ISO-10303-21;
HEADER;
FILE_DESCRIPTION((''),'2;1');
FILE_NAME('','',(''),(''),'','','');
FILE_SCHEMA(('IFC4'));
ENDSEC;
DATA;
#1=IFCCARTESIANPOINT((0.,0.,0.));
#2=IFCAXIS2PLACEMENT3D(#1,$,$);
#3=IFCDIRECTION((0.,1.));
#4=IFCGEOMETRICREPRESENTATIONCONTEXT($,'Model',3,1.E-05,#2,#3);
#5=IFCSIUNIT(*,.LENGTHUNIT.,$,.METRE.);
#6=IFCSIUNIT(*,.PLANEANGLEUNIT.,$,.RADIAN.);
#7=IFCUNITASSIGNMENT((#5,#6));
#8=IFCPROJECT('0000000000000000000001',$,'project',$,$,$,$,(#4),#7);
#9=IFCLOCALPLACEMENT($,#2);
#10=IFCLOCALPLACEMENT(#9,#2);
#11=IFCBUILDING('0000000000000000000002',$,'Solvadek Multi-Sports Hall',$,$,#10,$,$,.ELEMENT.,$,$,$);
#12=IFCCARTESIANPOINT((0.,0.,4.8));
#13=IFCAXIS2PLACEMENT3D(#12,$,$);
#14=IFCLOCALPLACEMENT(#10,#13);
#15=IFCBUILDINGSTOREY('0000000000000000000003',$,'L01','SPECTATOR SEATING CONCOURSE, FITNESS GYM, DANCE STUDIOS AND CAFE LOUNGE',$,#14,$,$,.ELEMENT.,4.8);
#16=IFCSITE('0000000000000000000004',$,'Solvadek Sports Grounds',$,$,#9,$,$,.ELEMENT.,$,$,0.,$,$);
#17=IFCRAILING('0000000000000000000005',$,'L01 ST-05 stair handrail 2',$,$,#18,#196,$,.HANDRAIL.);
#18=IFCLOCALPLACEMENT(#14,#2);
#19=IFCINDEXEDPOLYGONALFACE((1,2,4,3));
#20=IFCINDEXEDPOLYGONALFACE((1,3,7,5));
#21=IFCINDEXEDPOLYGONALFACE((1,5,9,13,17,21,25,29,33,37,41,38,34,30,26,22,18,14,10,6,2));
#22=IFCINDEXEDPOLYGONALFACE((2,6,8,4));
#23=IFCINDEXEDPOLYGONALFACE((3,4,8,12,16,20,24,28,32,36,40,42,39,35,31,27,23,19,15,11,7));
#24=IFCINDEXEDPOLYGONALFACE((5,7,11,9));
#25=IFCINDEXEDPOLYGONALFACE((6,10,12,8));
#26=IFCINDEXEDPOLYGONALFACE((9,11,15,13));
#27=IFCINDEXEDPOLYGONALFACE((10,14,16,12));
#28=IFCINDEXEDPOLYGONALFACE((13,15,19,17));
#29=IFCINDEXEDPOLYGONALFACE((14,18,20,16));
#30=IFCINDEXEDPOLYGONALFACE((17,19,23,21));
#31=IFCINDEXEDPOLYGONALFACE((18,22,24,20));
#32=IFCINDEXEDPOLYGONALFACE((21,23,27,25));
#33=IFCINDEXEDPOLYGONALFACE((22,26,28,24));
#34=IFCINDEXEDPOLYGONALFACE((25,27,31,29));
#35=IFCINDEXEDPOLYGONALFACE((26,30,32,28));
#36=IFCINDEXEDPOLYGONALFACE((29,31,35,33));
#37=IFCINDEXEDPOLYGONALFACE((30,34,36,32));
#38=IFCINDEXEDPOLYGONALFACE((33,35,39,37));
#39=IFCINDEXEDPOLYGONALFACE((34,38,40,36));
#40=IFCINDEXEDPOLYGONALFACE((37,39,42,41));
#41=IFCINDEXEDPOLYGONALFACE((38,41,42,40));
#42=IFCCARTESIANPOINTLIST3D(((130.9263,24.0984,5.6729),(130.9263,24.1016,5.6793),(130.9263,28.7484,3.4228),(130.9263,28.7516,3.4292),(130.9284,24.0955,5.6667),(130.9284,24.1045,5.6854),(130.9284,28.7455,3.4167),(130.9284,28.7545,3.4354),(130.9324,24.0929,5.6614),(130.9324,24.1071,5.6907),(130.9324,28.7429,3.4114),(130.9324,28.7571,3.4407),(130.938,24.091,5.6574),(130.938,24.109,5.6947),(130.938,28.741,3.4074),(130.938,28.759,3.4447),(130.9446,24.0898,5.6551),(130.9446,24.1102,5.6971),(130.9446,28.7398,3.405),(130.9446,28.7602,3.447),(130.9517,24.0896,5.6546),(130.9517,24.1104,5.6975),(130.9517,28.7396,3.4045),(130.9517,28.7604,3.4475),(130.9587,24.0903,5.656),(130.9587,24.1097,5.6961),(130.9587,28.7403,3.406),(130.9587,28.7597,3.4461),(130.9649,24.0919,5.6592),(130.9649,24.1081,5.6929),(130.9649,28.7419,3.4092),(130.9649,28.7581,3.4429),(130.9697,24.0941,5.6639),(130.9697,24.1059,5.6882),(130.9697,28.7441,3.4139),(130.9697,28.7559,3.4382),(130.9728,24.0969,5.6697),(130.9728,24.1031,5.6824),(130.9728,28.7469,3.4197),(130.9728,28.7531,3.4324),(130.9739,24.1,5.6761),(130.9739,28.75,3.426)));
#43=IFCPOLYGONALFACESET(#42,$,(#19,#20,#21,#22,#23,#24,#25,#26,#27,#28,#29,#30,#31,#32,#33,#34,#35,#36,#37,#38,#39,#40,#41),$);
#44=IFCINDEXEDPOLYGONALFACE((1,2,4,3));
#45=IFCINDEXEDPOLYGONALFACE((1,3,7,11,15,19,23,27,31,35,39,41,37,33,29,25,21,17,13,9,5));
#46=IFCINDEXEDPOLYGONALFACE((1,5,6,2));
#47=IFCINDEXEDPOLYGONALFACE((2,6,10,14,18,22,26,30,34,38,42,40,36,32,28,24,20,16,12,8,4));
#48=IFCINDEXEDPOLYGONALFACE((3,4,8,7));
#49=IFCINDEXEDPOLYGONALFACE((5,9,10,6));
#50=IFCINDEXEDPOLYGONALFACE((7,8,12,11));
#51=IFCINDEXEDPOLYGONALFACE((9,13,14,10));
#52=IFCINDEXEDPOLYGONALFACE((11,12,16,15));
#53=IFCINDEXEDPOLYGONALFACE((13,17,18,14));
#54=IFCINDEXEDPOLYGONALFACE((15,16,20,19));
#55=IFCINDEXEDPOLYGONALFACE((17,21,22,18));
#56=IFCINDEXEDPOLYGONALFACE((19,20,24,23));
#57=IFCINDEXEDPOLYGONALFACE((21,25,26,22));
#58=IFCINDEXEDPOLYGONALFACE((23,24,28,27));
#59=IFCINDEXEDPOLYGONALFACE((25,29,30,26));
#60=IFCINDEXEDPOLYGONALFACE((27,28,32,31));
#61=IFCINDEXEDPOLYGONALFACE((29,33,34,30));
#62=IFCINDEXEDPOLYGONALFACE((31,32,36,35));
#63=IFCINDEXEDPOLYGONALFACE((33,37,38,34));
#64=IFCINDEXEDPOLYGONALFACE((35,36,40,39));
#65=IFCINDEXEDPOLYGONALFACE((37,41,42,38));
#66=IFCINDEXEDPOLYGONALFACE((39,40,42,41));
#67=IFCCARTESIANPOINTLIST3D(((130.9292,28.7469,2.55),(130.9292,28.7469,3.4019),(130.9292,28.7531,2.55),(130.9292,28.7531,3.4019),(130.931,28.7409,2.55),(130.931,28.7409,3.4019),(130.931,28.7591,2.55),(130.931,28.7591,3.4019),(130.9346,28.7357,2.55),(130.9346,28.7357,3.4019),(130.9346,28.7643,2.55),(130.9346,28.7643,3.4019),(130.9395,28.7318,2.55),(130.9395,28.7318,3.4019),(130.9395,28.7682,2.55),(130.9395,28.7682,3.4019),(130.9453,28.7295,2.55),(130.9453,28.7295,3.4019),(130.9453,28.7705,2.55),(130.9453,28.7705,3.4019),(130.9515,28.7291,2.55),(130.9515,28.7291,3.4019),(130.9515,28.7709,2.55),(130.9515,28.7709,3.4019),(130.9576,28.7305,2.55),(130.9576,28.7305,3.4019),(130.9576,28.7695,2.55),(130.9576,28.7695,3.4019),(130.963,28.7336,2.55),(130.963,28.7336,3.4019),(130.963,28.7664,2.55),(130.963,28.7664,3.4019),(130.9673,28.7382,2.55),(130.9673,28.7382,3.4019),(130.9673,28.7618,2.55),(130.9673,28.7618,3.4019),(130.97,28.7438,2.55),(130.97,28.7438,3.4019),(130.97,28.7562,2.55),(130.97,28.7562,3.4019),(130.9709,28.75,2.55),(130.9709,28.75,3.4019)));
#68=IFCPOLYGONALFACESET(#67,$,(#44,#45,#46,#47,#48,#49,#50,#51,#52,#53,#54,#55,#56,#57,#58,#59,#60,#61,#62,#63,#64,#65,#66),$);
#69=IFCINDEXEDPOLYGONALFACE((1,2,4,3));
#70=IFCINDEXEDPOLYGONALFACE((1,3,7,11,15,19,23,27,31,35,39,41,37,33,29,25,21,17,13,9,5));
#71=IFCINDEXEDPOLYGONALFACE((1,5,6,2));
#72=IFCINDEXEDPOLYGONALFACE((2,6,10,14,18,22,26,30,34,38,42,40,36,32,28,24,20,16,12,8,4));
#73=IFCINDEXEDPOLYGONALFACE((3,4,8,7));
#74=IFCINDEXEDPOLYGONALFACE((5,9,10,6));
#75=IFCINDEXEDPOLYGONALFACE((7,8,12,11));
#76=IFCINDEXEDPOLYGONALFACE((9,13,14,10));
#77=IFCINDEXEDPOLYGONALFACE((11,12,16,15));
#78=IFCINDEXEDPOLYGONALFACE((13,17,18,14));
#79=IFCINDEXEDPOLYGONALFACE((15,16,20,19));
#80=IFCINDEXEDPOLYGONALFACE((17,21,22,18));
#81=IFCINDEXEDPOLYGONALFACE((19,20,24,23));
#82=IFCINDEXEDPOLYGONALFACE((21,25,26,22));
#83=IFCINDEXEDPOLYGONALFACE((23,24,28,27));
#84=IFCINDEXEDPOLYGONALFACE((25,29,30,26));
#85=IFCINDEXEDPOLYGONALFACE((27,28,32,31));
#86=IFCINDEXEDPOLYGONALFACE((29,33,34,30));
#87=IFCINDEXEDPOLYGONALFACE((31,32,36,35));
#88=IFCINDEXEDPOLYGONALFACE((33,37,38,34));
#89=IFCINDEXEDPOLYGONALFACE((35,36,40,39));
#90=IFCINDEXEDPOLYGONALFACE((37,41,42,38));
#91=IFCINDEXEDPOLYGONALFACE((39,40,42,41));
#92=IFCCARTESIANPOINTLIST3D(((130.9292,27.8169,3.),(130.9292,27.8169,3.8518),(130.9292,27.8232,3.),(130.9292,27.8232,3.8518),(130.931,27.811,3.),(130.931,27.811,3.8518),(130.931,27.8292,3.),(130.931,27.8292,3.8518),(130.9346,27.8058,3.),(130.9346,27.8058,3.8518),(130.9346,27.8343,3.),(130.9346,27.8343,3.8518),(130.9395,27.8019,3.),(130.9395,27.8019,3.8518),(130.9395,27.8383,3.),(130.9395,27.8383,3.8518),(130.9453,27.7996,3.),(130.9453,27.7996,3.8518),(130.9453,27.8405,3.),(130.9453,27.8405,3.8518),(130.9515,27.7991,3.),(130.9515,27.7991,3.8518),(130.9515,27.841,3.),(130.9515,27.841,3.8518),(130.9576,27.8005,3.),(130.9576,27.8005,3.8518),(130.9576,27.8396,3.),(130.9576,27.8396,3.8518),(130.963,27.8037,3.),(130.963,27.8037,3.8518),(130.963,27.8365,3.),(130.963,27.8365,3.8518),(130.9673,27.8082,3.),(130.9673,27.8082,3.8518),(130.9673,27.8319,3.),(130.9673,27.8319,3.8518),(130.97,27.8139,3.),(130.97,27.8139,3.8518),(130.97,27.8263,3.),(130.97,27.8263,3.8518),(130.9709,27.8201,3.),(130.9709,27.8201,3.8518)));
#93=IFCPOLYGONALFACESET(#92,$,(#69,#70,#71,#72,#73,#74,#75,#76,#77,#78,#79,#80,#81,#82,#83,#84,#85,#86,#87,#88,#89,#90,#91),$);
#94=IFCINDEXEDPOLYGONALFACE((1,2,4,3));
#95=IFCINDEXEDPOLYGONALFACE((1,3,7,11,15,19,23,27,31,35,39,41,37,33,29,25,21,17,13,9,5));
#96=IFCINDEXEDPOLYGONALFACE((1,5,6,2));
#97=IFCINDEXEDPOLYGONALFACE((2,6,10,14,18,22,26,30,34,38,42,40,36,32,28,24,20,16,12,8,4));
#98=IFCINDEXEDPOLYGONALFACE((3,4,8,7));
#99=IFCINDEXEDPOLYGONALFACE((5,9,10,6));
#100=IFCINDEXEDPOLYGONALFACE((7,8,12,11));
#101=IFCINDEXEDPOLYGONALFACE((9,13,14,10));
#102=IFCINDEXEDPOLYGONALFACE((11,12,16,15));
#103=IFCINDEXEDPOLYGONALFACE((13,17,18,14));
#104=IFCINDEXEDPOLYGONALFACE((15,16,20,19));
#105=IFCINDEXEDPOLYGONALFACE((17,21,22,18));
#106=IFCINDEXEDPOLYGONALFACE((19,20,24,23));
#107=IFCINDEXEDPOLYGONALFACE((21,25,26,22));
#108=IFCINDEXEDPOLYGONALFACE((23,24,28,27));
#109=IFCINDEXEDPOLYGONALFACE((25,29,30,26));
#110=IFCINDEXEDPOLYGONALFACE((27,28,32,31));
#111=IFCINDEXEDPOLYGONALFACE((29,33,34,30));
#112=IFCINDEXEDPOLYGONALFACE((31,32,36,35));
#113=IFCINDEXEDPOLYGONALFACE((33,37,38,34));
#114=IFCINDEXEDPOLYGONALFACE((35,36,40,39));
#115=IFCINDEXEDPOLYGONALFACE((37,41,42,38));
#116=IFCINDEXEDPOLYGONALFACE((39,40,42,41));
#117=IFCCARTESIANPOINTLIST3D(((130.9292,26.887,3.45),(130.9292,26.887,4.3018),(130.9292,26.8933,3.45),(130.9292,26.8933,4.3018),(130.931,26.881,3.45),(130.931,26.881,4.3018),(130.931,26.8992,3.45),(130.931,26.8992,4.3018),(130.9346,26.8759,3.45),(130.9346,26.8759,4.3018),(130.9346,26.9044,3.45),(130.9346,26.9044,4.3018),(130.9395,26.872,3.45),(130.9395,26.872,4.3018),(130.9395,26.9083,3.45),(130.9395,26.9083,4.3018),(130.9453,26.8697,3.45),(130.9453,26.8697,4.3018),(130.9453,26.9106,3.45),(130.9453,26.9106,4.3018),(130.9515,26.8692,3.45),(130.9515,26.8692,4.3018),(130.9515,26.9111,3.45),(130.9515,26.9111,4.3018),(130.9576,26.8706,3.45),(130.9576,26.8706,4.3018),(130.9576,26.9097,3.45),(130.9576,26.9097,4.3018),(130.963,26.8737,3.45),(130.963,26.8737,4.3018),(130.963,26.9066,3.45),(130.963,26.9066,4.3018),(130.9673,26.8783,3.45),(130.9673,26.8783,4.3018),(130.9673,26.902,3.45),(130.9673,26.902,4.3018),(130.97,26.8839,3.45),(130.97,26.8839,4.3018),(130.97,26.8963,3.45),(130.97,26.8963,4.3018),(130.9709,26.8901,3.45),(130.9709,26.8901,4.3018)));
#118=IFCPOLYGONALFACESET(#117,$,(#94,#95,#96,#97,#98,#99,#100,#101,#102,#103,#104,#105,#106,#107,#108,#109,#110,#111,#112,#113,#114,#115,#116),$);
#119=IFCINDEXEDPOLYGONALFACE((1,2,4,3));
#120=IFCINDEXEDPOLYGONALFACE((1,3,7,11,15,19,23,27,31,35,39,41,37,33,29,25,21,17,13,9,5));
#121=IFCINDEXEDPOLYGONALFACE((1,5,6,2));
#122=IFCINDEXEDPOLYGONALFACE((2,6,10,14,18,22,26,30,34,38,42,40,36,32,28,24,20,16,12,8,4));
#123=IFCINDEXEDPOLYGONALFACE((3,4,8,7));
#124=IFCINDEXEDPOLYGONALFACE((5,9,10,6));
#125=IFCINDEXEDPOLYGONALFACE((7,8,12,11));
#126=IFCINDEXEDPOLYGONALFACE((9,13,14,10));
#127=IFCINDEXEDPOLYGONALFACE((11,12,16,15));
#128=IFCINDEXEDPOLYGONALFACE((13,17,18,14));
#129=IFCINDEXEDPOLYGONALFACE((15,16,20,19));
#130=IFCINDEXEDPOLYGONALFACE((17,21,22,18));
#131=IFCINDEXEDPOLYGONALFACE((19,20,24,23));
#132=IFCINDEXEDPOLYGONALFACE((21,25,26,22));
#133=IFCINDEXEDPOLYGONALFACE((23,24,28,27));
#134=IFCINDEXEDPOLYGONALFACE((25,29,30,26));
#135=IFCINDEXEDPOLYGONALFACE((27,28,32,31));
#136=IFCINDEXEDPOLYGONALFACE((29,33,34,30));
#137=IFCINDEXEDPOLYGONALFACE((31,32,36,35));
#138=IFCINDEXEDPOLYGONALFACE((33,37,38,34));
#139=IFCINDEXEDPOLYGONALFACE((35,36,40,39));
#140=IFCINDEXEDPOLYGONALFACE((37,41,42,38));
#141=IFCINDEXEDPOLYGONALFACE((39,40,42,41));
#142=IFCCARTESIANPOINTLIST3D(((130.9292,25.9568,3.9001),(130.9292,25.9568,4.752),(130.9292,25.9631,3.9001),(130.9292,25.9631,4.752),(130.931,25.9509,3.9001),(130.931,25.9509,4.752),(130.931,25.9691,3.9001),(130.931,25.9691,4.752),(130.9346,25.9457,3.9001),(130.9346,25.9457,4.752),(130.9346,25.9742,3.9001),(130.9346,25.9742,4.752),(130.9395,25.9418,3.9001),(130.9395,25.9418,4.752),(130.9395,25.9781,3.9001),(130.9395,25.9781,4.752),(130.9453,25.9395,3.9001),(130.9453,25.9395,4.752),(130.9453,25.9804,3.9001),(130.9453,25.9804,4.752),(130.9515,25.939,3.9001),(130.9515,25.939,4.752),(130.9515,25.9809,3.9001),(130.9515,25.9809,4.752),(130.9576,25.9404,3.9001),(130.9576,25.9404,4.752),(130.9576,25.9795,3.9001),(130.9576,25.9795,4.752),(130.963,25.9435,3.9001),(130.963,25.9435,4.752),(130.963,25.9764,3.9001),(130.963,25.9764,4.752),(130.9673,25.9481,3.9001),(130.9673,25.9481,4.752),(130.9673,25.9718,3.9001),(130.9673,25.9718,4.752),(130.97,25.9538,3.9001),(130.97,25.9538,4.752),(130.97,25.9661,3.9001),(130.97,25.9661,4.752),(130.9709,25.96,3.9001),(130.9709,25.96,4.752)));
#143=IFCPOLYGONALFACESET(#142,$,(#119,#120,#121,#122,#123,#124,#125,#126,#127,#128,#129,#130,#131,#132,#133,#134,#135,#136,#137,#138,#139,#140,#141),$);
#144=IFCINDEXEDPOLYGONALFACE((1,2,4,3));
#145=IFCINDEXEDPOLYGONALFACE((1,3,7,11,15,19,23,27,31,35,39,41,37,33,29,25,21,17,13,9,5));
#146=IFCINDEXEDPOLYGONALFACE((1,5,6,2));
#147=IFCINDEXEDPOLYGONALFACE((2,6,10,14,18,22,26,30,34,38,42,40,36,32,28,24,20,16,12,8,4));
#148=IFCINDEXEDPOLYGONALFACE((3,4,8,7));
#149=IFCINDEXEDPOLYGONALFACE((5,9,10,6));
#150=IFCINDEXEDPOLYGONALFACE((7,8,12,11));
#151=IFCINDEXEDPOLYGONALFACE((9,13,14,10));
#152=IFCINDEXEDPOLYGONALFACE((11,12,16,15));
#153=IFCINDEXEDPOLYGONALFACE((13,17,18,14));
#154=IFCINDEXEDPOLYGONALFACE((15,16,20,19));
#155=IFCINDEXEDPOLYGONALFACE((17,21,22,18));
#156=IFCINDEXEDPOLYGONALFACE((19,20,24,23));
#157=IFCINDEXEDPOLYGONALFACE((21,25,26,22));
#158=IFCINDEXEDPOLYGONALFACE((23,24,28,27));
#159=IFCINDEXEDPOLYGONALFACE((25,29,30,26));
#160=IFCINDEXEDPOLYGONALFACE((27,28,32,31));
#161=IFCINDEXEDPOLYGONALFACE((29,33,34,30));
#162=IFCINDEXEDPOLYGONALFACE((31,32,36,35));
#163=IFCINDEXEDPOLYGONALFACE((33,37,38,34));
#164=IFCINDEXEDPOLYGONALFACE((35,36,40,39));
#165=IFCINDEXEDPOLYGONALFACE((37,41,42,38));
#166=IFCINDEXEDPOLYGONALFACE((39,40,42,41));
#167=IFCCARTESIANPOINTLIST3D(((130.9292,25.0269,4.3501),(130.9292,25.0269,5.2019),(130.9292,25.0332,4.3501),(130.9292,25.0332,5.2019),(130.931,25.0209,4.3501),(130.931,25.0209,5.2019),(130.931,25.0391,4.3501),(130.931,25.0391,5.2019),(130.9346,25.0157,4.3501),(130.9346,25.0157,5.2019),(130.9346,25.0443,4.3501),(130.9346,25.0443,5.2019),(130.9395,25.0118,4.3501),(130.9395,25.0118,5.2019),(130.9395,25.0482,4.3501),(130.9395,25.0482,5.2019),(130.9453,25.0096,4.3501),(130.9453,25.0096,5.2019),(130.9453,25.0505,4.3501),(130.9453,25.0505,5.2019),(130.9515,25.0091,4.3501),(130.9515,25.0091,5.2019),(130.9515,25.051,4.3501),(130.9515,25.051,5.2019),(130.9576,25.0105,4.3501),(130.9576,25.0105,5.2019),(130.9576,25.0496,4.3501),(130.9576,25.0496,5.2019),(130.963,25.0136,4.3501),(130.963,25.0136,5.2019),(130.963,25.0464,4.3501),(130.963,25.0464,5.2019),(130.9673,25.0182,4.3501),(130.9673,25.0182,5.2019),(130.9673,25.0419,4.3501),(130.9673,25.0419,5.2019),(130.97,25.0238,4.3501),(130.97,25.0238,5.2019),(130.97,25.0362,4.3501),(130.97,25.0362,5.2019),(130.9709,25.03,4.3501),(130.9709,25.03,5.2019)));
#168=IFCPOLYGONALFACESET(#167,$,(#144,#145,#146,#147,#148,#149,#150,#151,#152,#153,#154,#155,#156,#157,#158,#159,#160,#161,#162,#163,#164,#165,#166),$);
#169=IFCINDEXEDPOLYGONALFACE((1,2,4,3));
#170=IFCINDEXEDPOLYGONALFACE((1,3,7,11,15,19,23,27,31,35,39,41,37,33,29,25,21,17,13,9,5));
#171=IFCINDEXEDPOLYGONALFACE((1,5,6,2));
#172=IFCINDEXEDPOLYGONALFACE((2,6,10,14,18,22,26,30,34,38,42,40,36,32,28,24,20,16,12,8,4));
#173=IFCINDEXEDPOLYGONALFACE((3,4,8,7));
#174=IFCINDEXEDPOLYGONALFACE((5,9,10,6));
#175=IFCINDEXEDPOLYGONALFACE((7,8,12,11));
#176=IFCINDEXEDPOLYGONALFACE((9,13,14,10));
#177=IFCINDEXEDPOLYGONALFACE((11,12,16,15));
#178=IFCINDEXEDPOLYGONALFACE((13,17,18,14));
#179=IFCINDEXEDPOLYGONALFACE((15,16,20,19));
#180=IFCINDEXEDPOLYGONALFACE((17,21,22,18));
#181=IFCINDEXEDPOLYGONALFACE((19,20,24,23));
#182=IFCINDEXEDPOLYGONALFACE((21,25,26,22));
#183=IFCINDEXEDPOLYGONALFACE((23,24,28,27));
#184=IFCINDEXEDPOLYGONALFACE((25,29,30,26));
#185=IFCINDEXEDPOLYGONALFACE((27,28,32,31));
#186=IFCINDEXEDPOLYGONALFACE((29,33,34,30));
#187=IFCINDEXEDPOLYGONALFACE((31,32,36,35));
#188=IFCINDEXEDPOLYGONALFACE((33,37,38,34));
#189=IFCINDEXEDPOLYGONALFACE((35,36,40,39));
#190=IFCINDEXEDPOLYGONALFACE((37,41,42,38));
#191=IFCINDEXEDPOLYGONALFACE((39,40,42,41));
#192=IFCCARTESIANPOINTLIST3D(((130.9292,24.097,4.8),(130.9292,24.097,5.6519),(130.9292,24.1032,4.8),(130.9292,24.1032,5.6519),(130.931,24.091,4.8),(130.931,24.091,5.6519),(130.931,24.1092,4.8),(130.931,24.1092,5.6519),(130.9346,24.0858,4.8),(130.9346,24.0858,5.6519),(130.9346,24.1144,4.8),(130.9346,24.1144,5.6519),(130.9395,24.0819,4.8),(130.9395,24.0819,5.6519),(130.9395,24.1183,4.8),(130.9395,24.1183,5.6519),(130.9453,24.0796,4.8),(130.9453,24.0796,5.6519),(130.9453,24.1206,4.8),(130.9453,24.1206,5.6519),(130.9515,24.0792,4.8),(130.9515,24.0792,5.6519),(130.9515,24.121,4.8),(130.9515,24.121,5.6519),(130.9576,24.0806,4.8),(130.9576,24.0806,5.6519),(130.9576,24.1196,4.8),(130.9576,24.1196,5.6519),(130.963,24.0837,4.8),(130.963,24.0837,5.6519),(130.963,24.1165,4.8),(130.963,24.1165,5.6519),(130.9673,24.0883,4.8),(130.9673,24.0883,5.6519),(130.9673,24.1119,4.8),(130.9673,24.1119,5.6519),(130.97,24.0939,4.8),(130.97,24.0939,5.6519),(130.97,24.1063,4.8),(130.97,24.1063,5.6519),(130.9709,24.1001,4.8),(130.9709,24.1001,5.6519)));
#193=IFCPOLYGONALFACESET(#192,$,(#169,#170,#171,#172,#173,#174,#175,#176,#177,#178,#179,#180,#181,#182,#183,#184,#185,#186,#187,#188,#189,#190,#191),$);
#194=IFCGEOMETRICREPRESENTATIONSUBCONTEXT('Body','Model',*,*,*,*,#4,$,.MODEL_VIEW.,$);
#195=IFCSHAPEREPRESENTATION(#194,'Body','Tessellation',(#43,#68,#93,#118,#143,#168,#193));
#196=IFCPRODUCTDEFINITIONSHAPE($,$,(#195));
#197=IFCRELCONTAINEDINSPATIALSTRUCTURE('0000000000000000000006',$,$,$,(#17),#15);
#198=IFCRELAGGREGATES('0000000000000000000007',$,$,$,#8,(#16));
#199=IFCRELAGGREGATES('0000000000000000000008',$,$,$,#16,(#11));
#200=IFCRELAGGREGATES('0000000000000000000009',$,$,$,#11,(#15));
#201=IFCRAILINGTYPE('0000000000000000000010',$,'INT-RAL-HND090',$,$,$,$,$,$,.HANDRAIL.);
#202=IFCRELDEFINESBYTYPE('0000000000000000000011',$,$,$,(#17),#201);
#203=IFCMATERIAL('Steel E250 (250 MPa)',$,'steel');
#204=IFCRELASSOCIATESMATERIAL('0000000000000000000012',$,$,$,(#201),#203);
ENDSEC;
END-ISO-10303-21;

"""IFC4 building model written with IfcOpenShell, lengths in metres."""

from ifc_helpers import new_model, si_unit, direction, frame, origin, origin_2d, place, context, subcontext, project, spatial, circle, extrude, material, type_object, element, save


model = new_model("IFC4")

# Units and contexts
model_context = context("Model", 3, precision=1e-05, world=origin(), true_north=direction((0.0, 1.0)))
body_context = subcontext(model_context, "Body", "Model", "MODEL_VIEW")
ifc_project = project(units=[si_unit("LENGTHUNIT", "METRE"), si_unit("PLANEANGLEUNIT", "RADIAN")], contexts=[model_context])

# Site, building, storey
site_placement = place(None, origin())
site = spatial("IfcSite", under=ifc_project, at=site_placement, Name="Solvadek Sports Grounds", CompositionType="ELEMENT", RefElevation=0.0)
building_placement = place(site_placement, origin())
building = spatial("IfcBuilding", under=site, at=building_placement, Name="Solvadek Multi-Sports Hall", CompositionType="ELEMENT")
storey_placement = place(building_placement, frame((0.0, 0.0, 4.8)))
storey = spatial("IfcBuildingStorey", under=building, at=storey_placement, Name="L01", Description="SPECTATOR SEATING CONCOURSE, FITNESS GYM, DANCE STUDIOS AND CAFE LOUNGE", CompositionType="ELEMENT", Elevation=4.8)

# Shared definitions
ifc_material_1 = material(Name="Steel E250 (250 MPa)", Category="steel")

# Railing
railing_type_1 = type_object("IfcRailingType", Name="INT-RAL-HND090", PredefinedType="HANDRAIL", material=ifc_material_1)
railing_1_placement = place(storey_placement, frame((130.95, 28.75, 2.55)))
element("IfcRailing", 1, at=railing_1_placement, inside=storey, type_object=railing_type_1, Name="L01 ST-05 stair handrail 2", PredefinedType="HANDRAIL", context=body_context, shape_type="SweptSolid", body=[
    extrude(circle(Radius=0.0239, at=origin_2d()), frame((0.0, 0.0, 0.876), z_axis=(0.0, -0.900156, 0.435568), x_axis=(1.0, 0.0, 0.0)), (0.0, 0.0, 1.0), 5.1658),
    extrude(circle(Radius=0.021, at=origin_2d()), origin(), (0.0, 0.0, 1.0), 0.8518),
    extrude(circle(Radius=0.021, at=origin_2d()), frame((0.0, -0.9299, 0.45)), (0.0, 0.0, 1.0), 0.8518),
    extrude(circle(Radius=0.021, at=origin_2d()), frame((0.0, -1.8599, 0.8999)), (0.0, 0.0, 1.0), 0.8518),
    extrude(circle(Radius=0.021, at=origin_2d()), frame((0.0, -2.79, 1.3501)), (0.0, 0.0, 1.0), 0.8518),
    extrude(circle(Radius=0.021, at=origin_2d()), frame((0.0, -3.72, 1.8)), (0.0, 0.0, 1.0), 0.8518),
    extrude(circle(Radius=0.021, at=origin_2d()), frame((0.0, -4.6499, 2.25)), (0.0, 0.0, 1.0), 0.8518),
])

save(model, "model.ifc")
